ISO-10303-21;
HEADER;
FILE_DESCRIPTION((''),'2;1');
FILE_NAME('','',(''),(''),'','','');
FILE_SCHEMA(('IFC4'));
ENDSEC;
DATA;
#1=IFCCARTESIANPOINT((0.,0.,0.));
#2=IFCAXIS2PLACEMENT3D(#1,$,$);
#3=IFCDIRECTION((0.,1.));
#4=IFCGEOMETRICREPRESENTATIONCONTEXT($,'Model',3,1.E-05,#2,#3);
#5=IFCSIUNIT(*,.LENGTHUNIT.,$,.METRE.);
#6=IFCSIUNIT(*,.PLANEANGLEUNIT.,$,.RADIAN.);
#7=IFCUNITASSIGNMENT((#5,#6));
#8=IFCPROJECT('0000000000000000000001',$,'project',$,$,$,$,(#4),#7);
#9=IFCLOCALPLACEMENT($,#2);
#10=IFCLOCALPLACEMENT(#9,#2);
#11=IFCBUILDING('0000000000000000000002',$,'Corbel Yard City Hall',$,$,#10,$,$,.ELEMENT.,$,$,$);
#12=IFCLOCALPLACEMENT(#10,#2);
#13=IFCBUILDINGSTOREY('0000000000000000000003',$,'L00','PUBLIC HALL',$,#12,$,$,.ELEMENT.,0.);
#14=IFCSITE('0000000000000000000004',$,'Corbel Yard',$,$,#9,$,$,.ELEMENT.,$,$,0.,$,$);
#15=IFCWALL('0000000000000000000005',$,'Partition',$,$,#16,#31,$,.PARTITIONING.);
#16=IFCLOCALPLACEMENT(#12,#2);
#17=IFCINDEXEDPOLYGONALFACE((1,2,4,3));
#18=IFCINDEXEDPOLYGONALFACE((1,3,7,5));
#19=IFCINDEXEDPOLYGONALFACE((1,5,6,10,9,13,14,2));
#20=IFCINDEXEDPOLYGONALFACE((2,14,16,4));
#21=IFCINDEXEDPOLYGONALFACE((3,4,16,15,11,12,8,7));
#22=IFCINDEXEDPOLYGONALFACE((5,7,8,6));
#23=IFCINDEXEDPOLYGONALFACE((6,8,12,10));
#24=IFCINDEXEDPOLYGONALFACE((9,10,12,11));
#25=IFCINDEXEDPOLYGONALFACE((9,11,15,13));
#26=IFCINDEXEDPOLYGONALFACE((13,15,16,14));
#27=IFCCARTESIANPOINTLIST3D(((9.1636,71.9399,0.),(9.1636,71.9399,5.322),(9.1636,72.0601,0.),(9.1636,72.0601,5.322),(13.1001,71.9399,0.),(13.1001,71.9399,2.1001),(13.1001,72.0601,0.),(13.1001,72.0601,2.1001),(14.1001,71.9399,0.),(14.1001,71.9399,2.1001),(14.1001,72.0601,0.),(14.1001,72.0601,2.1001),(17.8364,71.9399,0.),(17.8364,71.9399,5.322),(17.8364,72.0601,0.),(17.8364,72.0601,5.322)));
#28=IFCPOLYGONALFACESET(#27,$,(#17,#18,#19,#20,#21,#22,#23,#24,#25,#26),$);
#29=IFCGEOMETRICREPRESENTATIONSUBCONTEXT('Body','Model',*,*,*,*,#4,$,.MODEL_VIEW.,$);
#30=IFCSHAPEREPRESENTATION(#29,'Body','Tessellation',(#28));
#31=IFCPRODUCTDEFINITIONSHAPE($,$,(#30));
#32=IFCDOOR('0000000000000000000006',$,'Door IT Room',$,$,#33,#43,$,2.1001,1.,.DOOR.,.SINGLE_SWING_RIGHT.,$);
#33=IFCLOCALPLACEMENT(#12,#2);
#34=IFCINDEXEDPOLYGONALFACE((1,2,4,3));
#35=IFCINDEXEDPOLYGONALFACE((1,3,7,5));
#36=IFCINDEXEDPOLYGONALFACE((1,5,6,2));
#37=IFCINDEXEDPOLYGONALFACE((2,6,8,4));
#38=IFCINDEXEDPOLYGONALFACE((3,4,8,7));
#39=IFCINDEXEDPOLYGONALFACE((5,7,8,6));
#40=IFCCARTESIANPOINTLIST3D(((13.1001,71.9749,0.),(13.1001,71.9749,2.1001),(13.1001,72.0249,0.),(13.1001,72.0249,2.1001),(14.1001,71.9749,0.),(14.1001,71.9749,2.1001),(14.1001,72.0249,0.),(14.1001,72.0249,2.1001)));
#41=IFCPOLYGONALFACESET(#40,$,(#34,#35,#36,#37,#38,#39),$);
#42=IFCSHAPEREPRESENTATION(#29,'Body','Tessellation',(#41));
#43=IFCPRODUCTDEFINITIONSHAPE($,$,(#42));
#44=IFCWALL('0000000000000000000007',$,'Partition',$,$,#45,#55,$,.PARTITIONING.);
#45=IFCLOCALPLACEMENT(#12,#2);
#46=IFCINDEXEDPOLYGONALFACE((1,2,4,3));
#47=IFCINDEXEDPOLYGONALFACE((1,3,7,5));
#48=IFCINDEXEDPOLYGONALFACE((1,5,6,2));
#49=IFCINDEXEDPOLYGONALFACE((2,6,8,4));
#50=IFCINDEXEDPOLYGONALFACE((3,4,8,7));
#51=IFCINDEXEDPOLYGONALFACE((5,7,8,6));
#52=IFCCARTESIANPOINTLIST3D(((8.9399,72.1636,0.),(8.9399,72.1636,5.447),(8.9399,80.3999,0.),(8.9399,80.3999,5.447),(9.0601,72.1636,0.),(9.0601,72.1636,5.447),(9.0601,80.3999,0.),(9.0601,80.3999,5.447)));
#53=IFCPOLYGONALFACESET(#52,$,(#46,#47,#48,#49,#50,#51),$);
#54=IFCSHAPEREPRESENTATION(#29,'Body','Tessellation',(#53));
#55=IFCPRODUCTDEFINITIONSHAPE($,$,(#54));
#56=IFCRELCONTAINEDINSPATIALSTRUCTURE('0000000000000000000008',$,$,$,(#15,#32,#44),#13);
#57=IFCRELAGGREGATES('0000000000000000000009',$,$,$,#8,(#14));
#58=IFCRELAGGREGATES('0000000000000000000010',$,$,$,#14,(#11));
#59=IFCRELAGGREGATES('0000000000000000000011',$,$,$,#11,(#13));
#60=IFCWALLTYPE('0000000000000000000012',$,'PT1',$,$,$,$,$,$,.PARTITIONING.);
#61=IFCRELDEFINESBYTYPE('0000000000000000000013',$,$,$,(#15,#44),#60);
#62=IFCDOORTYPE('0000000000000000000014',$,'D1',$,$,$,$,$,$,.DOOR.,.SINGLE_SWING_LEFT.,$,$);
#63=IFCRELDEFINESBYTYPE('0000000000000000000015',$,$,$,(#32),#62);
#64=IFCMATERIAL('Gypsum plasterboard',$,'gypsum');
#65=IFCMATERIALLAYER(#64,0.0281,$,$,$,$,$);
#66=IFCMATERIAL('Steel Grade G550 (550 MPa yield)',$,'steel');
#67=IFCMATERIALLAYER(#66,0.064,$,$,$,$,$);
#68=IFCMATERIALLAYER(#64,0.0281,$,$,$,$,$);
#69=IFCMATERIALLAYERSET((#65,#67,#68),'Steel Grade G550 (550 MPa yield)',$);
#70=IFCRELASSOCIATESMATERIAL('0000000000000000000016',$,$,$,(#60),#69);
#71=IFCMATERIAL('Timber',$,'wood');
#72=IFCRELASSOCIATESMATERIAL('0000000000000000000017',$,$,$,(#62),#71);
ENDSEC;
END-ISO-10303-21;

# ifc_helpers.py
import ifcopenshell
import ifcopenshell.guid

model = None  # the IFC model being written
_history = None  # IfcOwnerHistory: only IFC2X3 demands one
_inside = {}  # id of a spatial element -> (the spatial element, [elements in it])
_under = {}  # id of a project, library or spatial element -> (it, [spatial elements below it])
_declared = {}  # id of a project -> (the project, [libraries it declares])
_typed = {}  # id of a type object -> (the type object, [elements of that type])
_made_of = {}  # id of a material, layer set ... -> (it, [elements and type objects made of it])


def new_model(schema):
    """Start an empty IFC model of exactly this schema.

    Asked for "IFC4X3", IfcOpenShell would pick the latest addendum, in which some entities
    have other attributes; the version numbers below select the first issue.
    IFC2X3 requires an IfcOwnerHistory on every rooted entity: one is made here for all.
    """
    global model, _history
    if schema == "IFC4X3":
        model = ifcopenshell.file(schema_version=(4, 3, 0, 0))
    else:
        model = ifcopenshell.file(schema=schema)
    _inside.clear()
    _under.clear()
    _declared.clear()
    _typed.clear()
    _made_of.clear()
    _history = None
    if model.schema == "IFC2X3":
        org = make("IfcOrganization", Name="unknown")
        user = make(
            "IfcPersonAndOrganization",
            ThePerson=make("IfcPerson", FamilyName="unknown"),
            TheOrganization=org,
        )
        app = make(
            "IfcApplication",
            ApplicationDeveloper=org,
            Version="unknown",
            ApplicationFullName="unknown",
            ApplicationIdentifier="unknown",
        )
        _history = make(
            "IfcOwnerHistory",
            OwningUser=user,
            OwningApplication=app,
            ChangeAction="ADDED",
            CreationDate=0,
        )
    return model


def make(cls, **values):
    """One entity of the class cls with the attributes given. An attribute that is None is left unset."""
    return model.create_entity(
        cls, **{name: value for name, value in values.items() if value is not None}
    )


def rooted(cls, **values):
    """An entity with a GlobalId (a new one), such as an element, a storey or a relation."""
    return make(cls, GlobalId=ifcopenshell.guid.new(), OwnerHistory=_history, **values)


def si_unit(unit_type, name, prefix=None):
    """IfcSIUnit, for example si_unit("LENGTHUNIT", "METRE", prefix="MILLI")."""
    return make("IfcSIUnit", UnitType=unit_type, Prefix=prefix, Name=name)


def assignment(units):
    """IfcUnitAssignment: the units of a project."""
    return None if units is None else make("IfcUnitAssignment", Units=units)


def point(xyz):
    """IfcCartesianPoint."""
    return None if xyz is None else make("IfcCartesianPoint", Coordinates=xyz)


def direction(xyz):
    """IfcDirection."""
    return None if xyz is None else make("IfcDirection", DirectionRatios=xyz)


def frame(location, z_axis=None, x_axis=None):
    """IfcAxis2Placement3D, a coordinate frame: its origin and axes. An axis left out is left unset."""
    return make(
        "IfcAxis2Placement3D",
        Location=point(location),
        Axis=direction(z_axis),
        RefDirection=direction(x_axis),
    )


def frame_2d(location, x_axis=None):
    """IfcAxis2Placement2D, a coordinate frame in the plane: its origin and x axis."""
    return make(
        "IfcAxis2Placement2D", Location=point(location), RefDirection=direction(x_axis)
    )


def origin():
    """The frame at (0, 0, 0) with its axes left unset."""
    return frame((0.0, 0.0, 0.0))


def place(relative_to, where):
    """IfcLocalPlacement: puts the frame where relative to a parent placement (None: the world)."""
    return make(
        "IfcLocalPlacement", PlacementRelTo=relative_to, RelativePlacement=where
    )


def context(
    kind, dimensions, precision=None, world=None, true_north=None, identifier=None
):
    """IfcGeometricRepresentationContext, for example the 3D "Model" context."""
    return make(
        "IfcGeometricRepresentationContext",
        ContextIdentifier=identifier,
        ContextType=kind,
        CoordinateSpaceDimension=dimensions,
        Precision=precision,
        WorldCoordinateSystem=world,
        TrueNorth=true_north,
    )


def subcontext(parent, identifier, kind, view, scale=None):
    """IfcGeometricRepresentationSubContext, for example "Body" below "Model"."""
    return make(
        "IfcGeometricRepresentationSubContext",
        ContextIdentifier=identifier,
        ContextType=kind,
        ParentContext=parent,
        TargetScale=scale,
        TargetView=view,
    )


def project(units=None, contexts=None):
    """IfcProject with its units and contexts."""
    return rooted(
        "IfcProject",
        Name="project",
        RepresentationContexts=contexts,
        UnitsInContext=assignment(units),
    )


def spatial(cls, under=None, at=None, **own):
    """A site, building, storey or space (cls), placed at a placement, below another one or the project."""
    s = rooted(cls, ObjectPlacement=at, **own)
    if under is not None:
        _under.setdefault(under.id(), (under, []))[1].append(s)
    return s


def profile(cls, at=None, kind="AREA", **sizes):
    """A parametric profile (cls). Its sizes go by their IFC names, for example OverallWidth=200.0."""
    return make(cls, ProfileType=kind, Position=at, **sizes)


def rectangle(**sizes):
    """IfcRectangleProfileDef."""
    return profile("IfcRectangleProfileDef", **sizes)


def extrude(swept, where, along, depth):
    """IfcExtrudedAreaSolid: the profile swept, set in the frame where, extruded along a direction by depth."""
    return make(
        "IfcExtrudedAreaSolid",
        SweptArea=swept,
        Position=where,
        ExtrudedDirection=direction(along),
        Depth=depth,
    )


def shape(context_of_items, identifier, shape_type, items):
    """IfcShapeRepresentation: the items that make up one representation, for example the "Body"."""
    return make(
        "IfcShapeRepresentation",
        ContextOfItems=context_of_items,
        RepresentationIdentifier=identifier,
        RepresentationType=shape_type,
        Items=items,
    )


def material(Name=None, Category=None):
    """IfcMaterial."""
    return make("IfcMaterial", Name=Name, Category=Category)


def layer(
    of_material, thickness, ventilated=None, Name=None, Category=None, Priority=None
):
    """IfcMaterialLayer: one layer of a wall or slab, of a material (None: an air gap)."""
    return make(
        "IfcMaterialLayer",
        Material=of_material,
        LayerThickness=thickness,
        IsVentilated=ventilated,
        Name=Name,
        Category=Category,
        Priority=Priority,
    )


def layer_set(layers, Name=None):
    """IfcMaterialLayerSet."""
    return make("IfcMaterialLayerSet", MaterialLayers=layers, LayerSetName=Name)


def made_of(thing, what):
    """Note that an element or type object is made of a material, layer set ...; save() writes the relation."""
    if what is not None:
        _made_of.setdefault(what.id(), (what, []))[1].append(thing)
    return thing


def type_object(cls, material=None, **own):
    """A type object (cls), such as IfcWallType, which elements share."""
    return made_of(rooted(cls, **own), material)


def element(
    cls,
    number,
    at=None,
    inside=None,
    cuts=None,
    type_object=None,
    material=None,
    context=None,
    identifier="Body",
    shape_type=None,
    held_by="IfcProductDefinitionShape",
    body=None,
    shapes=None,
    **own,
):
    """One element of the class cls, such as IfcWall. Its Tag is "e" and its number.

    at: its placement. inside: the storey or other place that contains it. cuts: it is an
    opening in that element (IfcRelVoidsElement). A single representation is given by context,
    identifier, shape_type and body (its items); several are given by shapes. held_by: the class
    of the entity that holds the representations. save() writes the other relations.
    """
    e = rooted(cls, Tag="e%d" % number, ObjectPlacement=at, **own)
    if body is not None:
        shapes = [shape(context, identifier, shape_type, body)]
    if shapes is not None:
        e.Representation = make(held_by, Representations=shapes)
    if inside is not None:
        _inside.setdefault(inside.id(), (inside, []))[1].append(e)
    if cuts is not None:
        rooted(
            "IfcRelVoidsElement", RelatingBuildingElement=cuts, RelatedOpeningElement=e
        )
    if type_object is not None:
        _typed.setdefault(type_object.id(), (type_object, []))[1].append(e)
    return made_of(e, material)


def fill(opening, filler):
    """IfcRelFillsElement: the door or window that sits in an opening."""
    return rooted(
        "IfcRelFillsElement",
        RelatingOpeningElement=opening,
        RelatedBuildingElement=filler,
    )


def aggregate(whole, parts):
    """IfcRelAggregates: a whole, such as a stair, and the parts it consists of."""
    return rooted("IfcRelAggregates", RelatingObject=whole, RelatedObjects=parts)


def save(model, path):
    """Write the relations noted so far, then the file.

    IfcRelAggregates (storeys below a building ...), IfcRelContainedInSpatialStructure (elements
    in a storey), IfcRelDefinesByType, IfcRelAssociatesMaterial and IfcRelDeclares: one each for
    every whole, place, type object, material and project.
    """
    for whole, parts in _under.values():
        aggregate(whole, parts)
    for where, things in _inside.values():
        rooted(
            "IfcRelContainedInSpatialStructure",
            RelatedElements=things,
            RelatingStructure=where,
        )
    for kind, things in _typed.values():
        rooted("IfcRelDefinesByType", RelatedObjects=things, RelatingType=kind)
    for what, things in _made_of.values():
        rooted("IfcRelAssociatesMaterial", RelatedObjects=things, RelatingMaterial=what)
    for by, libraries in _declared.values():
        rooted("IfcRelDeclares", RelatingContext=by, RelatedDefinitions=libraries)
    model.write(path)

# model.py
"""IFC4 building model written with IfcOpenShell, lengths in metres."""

from ifc_helpers import new_model, si_unit, direction, frame, frame_2d, origin, place, context, subcontext, project, spatial, rectangle, extrude, material, layer, layer_set, type_object, element, fill, save


model = new_model("IFC4")

# Units and contexts
model_context = context("Model", 3, precision=1e-05, world=origin(), true_north=direction((0.0, 1.0)))
body_context = subcontext(model_context, "Body", "Model", "MODEL_VIEW")
ifc_project = project(units=[si_unit("LENGTHUNIT", "METRE"), si_unit("PLANEANGLEUNIT", "RADIAN")], contexts=[model_context])

# Site, building, storey
site_placement = place(None, origin())
site = spatial("IfcSite", under=ifc_project, at=site_placement, Name="Corbel Yard", CompositionType="ELEMENT", RefElevation=0.0)
building_placement = place(site_placement, origin())
building = spatial("IfcBuilding", under=site, at=building_placement, Name="Corbel Yard City Hall", CompositionType="ELEMENT")
storey_placement = place(building_placement, origin())
storey = spatial("IfcBuildingStorey", under=building, at=storey_placement, Name="L00", Description="PUBLIC HALL", CompositionType="ELEMENT", Elevation=0.0)

# Shared definitions
ifc_material_1 = material(Name="Gypsum plasterboard", Category="gypsum")

# Wall, opening, door
ifc_layer_1 = layer(ifc_material_1, 0.0281)
ifc_material_2 = material(Name="Steel Grade G550 (550 MPa yield)", Category="steel")
ifc_layer_2 = layer(ifc_material_2, 0.064)
ifc_layer_3 = layer(ifc_material_1, 0.0281)
ifc_layer_set_1 = layer_set([ifc_layer_1, ifc_layer_2, ifc_layer_3], Name="Steel Grade G550 (550 MPa yield)")
wall_type_1 = type_object("IfcWallType", Name="PT1", PredefinedType="PARTITIONING", material=ifc_layer_set_1)
wall_1_placement = place(storey_placement, frame((9.1636, 72.0, 0.0), z_axis=(0.0, 0.0, 1.0), x_axis=(1.0, 0.0, 0.0)))
wall_1 = element("IfcWall", 1, at=wall_1_placement, inside=storey, type_object=wall_type_1, Name="Partition", PredefinedType="PARTITIONING", context=body_context, shape_type="SweptSolid", body=[
    extrude(rectangle(XDim=8.6729, YDim=0.1201, at=frame_2d((4.3364, 0.0))), origin(), (0.0, 0.0, 1.0), 5.322),
])
opening_1_placement = place(wall_1_placement, frame((3.9365, 0.0, 0.0)))
opening_1 = element("IfcOpeningElement", 2, at=opening_1_placement, cuts=wall_1, PredefinedType="OPENING", context=body_context, shape_type="SweptSolid", body=[
    extrude(rectangle(XDim=1.0, YDim=2.1001, at=frame_2d((0.5, 1.05))), frame((0.0, 0.0701, 0.0), z_axis=(0.0, -1.0, 0.0), x_axis=(1.0, 0.0, 0.0)), (0.0, 0.0, 1.0), 0.1401),
])
ifc_material_3 = material(Name="Timber", Category="wood")
door_type = type_object("IfcDoorType", Name="D1", OperationType="SINGLE_SWING_LEFT", PredefinedType="DOOR", material=ifc_material_3)
door_placement = place(opening_1_placement, origin())
door = element("IfcDoor", 3, at=door_placement, inside=storey, type_object=door_type, Name="Door IT Room", OperationType="SINGLE_SWING_RIGHT", OverallHeight=2.1001, OverallWidth=1.0, PredefinedType="DOOR", context=body_context, shape_type="SweptSolid", body=[
    extrude(rectangle(XDim=1.0, YDim=2.1001, at=frame_2d((0.5, 1.05))), frame((0.0, 0.0249, 0.0), z_axis=(0.0, -1.0, 0.0), x_axis=(1.0, 0.0, 0.0)), (0.0, 0.0, 1.0), 0.05),
])
fill(opening_1, door)

# Wall
wall_2_placement = place(storey_placement, frame((9.0, 72.1636, 0.0), z_axis=(0.0, 0.0, 1.0), x_axis=(0.0, 1.0, 0.0)))
element("IfcWall", 4, at=wall_2_placement, inside=storey, type_object=wall_type_1, Name="Partition", PredefinedType="PARTITIONING", context=body_context, shape_type="SweptSolid", body=[
    extrude(rectangle(XDim=8.2363, YDim=0.1201, at=frame_2d((4.1182, 0.0))), origin(), (0.0, 0.0, 1.0), 5.447),
])

save(model, "model.ifc")
